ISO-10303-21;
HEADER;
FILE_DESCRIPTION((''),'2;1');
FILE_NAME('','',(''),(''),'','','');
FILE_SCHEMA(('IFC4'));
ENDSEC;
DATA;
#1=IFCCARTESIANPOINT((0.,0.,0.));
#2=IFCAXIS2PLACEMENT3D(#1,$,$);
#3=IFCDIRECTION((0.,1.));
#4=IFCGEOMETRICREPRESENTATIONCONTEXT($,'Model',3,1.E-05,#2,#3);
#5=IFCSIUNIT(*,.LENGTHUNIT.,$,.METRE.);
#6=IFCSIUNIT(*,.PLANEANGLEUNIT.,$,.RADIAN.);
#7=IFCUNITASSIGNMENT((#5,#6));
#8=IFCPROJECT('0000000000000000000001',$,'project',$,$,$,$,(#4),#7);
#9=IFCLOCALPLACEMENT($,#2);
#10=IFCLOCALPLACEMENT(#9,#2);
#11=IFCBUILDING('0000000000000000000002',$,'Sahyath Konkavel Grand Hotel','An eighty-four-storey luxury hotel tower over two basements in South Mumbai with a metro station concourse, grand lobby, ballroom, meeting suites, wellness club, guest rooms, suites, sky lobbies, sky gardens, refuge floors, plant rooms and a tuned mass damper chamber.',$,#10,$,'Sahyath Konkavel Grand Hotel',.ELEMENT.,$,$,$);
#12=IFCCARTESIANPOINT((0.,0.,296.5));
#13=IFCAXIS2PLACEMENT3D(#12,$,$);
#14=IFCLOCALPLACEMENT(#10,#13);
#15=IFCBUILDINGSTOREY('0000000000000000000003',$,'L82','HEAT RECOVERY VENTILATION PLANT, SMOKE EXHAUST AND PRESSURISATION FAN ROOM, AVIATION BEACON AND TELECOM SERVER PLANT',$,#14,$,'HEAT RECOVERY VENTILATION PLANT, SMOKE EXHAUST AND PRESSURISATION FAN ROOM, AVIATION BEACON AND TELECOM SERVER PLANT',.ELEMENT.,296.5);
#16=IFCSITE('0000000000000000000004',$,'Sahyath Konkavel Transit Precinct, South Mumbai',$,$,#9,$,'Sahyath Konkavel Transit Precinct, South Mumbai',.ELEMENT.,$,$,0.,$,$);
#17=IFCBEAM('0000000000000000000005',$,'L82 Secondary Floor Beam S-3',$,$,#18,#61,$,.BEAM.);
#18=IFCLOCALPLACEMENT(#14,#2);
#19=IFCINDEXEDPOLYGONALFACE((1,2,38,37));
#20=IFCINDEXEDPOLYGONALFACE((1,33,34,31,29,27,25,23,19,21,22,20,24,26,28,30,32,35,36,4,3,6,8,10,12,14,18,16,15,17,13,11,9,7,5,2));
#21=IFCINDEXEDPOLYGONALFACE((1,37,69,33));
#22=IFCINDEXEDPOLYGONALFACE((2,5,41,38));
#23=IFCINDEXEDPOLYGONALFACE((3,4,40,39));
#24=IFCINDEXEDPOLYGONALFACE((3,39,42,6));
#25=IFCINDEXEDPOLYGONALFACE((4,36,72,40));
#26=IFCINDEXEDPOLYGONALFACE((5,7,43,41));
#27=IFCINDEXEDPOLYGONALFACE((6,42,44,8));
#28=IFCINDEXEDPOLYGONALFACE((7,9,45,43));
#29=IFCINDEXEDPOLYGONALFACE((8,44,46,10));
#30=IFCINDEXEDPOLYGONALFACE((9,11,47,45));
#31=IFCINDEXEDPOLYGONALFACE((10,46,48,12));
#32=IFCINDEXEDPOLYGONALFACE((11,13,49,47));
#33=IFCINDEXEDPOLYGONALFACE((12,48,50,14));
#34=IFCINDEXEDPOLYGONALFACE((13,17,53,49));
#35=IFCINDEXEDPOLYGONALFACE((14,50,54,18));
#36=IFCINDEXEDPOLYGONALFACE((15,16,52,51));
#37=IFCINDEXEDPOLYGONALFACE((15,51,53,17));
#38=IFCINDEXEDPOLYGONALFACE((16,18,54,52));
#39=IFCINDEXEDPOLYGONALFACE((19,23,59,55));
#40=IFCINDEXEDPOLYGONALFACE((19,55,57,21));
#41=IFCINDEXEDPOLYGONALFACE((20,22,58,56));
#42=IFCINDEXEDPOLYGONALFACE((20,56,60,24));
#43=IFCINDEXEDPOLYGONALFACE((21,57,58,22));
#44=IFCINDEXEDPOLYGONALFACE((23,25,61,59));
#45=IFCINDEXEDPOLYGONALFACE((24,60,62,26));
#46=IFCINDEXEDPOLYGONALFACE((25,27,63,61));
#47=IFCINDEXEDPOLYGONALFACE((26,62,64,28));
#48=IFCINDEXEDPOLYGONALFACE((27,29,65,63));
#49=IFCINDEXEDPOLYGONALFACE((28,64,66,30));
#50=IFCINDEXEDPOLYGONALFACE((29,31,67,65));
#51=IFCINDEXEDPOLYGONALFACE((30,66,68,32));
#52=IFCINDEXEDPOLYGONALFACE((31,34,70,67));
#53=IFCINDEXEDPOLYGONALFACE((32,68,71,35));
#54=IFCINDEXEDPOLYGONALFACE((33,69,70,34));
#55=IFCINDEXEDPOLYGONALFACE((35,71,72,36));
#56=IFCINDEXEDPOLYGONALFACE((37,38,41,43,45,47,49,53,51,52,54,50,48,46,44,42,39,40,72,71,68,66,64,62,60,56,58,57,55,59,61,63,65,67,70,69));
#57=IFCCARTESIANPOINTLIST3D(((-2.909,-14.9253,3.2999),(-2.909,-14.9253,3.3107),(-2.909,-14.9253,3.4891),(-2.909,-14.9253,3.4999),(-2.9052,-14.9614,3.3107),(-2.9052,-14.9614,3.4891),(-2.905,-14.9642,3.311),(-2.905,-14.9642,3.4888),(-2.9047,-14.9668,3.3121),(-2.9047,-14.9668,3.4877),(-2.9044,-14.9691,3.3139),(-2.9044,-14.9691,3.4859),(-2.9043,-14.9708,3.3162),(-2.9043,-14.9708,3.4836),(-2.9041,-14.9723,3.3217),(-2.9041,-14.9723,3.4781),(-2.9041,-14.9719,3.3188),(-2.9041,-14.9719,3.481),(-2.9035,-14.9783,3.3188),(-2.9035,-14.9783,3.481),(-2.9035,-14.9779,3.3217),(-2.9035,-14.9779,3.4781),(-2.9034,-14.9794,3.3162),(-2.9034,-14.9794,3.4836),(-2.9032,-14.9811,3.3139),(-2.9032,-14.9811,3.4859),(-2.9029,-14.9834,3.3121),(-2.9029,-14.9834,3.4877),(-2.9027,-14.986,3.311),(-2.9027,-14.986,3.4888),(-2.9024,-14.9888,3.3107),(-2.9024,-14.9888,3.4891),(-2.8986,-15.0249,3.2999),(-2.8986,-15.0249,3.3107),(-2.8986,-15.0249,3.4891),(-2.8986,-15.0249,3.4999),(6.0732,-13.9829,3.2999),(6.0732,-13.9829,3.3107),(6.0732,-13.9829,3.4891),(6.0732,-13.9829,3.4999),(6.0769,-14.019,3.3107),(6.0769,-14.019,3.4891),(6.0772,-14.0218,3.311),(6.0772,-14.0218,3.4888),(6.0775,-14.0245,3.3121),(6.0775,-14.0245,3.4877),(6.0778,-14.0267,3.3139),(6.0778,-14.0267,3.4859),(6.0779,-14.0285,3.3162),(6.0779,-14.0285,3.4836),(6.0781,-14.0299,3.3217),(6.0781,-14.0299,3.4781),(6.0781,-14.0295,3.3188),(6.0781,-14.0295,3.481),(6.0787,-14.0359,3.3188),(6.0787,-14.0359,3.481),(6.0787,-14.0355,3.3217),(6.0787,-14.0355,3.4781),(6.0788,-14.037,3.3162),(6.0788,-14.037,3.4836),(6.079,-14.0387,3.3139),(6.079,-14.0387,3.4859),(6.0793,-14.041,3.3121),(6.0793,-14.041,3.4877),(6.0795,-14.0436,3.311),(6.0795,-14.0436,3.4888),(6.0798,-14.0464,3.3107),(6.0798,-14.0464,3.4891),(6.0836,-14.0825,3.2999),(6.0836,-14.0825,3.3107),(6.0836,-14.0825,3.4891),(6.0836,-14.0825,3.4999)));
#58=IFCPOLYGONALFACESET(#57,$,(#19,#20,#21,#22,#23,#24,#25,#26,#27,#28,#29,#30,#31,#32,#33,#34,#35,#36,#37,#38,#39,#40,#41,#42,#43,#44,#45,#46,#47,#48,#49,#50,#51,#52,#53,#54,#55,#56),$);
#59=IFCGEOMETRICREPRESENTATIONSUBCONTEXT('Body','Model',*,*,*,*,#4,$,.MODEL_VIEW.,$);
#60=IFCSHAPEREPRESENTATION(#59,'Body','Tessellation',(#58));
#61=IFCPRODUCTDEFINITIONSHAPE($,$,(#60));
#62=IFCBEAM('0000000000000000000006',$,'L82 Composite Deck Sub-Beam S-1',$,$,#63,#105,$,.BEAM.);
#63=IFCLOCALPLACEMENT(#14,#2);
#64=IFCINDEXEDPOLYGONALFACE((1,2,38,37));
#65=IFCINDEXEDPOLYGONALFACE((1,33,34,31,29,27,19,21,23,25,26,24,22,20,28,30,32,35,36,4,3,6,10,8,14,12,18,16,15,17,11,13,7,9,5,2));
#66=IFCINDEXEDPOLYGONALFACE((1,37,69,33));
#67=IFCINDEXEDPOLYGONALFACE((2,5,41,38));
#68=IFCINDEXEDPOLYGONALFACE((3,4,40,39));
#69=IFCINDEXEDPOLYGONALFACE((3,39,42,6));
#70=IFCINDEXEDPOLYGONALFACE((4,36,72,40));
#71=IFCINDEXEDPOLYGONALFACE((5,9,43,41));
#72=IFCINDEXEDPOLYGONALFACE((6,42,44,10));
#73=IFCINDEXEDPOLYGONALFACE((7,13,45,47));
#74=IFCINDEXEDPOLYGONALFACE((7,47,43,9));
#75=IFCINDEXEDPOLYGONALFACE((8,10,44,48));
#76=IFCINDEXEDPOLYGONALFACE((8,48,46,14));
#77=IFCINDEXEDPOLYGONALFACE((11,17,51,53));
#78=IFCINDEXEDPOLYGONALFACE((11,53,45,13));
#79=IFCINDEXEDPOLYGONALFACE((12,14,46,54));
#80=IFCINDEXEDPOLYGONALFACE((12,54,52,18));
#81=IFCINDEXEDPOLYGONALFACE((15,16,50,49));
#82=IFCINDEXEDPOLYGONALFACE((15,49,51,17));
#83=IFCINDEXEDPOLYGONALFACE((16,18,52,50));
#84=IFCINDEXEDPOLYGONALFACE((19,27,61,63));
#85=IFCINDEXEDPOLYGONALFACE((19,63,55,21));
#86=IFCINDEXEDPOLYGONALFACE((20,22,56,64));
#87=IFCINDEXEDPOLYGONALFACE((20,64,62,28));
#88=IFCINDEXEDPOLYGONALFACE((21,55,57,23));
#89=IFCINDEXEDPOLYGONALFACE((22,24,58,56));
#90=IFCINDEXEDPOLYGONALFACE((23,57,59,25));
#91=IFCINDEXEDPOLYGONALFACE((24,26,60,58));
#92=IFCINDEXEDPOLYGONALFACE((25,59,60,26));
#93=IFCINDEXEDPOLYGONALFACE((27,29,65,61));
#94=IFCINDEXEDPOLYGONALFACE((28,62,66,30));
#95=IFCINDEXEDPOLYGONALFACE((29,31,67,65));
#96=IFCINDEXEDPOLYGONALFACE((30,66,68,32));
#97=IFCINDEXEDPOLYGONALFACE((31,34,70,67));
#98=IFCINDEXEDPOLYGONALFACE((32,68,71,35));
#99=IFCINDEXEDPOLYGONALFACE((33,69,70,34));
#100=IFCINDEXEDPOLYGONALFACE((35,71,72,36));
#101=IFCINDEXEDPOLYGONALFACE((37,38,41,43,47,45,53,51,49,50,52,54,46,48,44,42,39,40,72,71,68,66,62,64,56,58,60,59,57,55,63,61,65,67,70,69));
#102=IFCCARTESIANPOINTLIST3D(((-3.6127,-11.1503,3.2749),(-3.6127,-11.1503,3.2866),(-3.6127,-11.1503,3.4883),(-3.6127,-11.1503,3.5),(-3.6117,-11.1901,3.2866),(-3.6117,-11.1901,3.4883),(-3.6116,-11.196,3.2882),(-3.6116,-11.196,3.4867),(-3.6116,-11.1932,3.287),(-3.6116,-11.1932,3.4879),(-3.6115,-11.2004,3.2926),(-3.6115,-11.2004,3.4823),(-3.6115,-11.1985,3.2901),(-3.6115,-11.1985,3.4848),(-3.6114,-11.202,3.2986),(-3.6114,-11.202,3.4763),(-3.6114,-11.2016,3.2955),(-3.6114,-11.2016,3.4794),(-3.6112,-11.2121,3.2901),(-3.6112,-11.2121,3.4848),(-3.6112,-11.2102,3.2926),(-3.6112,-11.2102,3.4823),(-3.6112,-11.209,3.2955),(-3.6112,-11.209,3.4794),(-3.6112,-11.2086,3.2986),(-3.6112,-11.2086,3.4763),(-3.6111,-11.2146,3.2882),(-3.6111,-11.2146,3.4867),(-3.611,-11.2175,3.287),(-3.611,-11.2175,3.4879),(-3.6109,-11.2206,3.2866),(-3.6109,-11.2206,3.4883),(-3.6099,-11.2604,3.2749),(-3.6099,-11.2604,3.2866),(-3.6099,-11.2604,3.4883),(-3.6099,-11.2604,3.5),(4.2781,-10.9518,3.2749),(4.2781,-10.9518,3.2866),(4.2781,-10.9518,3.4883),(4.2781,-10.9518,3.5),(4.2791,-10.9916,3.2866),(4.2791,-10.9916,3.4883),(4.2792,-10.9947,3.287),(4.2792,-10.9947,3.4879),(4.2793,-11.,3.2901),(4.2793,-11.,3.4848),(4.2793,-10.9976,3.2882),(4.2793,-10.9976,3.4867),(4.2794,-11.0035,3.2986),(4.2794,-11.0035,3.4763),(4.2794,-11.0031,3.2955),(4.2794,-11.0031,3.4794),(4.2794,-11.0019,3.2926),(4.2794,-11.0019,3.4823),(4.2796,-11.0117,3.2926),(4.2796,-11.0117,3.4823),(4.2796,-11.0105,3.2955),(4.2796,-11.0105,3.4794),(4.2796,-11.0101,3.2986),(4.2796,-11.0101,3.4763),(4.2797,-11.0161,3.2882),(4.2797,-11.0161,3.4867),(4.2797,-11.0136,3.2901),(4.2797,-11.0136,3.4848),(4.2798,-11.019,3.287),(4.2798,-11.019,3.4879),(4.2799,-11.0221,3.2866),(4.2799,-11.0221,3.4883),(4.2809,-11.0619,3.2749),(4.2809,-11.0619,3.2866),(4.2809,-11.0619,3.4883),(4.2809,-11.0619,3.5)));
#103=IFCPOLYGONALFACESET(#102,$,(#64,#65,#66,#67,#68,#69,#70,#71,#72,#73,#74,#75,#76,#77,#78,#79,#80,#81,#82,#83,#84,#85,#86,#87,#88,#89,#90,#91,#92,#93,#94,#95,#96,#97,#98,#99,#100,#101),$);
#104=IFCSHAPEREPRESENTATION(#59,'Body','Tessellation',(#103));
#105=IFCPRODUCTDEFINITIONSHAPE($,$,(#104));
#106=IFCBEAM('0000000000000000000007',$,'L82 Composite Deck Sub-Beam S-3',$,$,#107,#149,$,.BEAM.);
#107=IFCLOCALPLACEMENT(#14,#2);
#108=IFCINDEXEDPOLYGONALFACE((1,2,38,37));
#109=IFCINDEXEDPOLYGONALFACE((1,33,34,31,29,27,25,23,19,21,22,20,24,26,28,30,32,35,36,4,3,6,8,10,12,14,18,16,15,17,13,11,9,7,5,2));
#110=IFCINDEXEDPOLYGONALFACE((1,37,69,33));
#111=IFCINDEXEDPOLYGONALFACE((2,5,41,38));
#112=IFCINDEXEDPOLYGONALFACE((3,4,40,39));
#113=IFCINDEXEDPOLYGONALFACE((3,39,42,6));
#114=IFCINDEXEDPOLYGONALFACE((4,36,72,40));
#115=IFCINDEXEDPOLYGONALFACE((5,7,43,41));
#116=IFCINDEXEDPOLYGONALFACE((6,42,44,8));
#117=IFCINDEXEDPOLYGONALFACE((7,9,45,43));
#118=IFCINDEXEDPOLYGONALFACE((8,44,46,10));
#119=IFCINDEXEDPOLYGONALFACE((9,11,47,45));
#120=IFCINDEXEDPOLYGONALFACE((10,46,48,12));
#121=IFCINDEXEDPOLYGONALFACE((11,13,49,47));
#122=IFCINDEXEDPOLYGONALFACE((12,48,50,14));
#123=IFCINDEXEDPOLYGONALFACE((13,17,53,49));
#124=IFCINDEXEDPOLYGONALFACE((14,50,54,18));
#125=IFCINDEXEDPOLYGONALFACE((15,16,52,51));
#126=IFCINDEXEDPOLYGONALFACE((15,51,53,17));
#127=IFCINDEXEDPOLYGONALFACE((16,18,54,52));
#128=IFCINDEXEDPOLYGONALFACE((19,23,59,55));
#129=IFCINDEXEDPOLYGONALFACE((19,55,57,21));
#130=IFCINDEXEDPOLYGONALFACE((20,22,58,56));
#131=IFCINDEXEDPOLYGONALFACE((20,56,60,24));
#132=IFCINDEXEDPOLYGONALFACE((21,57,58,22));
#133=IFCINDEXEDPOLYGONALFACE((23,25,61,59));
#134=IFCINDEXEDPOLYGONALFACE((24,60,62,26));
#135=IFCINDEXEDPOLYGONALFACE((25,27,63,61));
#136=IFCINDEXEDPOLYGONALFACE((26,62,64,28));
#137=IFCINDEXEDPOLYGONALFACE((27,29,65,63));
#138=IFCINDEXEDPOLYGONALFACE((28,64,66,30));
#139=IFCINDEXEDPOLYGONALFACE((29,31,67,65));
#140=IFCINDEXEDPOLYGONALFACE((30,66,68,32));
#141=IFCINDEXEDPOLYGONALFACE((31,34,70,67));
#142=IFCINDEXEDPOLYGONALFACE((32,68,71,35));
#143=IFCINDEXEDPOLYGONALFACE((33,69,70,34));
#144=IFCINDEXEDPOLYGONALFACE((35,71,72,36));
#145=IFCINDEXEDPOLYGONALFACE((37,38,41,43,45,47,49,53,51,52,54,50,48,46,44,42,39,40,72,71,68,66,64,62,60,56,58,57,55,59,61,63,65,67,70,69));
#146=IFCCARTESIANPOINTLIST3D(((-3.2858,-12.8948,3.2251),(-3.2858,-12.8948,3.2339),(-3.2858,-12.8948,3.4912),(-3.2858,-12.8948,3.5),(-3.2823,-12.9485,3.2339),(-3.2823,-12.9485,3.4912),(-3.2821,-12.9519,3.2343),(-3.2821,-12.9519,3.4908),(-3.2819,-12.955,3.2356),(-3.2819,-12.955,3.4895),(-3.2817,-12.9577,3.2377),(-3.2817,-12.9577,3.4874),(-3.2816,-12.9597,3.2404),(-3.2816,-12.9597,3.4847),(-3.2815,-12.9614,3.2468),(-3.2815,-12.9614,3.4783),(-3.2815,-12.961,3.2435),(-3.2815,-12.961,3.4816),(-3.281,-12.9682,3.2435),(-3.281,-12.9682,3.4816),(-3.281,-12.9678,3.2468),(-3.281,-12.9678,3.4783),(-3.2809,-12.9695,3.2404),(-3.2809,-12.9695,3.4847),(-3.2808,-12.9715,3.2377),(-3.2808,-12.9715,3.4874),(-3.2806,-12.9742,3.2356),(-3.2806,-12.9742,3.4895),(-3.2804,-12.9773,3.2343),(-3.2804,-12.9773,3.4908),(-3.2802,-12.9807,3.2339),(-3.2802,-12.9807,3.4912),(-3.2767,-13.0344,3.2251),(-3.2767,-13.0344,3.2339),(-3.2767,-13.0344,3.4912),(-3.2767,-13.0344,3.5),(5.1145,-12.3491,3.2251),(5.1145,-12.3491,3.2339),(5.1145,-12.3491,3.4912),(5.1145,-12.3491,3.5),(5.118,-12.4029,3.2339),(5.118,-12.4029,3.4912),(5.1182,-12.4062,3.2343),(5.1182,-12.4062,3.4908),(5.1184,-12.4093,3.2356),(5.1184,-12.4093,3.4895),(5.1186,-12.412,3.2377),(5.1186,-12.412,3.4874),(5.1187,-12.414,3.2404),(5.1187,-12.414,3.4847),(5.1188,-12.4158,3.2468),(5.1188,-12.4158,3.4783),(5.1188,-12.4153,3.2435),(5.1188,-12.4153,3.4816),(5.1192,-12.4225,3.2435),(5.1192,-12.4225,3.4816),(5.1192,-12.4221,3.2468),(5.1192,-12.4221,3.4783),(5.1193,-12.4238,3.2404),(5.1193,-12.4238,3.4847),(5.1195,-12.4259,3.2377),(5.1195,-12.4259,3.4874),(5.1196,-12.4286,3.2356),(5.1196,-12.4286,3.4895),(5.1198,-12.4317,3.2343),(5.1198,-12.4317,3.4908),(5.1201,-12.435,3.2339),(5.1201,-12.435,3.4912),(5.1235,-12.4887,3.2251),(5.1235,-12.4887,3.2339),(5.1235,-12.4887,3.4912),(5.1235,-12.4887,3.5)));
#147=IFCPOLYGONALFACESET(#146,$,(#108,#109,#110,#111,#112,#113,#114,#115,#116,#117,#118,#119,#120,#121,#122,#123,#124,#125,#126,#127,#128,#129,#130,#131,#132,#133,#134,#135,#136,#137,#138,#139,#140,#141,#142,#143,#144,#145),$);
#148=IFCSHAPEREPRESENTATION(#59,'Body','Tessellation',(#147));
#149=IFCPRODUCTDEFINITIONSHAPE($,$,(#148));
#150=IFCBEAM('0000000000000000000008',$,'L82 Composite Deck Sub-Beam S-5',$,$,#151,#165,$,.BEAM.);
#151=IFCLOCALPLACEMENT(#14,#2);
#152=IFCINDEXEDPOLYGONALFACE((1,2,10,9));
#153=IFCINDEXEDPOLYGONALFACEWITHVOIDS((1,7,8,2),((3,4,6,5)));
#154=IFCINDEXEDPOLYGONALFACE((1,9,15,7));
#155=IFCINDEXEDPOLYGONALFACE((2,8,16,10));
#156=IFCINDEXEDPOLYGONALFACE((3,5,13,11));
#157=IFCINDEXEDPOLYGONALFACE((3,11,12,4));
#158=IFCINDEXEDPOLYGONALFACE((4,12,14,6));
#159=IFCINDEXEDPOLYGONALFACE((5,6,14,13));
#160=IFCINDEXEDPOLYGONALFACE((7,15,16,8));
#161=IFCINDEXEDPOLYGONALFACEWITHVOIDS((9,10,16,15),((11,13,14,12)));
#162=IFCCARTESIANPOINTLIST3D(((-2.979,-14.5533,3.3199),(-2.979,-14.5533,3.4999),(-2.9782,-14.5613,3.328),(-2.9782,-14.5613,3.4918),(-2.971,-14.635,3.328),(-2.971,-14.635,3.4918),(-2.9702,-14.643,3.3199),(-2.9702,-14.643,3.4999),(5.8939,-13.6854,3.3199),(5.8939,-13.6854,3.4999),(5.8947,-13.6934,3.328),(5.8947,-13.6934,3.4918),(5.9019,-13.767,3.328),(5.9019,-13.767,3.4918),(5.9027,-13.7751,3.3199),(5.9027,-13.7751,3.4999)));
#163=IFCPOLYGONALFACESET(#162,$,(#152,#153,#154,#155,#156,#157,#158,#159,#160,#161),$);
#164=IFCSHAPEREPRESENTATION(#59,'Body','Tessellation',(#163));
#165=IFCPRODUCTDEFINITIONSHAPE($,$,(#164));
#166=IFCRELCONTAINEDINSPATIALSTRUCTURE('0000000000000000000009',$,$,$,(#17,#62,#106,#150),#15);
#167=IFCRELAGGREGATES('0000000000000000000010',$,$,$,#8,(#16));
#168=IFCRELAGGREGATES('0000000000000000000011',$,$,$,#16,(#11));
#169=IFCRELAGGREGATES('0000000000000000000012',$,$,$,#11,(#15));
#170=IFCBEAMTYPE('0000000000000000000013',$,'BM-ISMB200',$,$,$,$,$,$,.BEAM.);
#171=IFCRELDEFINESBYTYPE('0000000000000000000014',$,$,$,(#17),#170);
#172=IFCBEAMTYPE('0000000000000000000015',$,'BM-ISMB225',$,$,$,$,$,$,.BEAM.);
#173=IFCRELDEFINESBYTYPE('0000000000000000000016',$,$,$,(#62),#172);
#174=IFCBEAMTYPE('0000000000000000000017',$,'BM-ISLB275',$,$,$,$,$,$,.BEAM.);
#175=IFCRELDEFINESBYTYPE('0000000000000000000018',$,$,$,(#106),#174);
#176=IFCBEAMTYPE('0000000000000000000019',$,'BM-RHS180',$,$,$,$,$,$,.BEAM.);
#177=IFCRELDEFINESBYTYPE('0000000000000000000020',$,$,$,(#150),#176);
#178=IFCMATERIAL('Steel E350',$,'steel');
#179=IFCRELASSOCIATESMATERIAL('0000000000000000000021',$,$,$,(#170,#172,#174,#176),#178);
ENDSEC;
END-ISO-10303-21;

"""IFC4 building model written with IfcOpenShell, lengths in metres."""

from ifc_helpers import new_model, si_unit, direction, frame, origin, origin_2d, place, context, subcontext, project, spatial, hollow_rectangle, i_section, extrude, source, transform, mapped, material, material_profile, profile_set, type_object, element, save


model = new_model("IFC4")

# Units and contexts
model_context = context("Model", 3, precision=1e-05, world=origin(), true_north=direction((0.0, 1.0)))
body_context = subcontext(model_context, "Body", "Model", "MODEL_VIEW")
ifc_project = project(units=[si_unit("LENGTHUNIT", "METRE"), si_unit("PLANEANGLEUNIT", "RADIAN")], contexts=[model_context])

# Site, building, storey
site_placement = place(None, origin())
site = spatial("IfcSite", under=ifc_project, at=site_placement, Name="Sahyath Konkavel Transit Precinct, South Mumbai", LongName="Sahyath Konkavel Transit Precinct, South Mumbai", CompositionType="ELEMENT", RefElevation=0.0)
building_placement = place(site_placement, origin())
building = spatial("IfcBuilding", under=site, at=building_placement, Name="Sahyath Konkavel Grand Hotel", Description="An eighty-four-storey luxury hotel tower over two basements in South Mumbai with a metro station concourse, grand lobby, ballroom, meeting suites, wellness club, guest rooms, suites, sky lobbies, sky gardens, refuge floors, plant rooms and a tuned mass damper chamber.", LongName="Sahyath Konkavel Grand Hotel", CompositionType="ELEMENT")
storey_placement = place(building_placement, frame((0.0, 0.0, 296.5)))
storey = spatial("IfcBuildingStorey", under=building, at=storey_placement, Name="L82", Description="HEAT RECOVERY VENTILATION PLANT, SMOKE EXHAUST AND PRESSURISATION FAN ROOM, AVIATION BEACON AND TELECOM SERVER PLANT", LongName="HEAT RECOVERY VENTILATION PLANT, SMOKE EXHAUST AND PRESSURISATION FAN ROOM, AVIATION BEACON AND TELECOM SERVER PLANT", CompositionType="ELEMENT", Elevation=296.5)

# Beams
ifc_material_1 = material(Name="Steel E350", Category="steel")
ifc_material_profile_1 = material_profile(ifc_material_1, i_section(OverallWidth=0.1001, OverallDepth=0.2, WebThickness=0.0056, FlangeThickness=0.0107, FilletRadius=0.011, at=origin_2d()), Name="ISMB 200")
ifc_profile_set_1 = profile_set([ifc_material_profile_1], Name="Steel E350")
beam_type_1 = type_object("IfcBeamType", Name="BM-ISMB200", PredefinedType="BEAM", material=ifc_profile_set_1)
shared_shape_1 = source(origin(), body_context, "Body", "SweptSolid", [
    extrude(i_section(OverallWidth=0.1001, OverallDepth=0.2, WebThickness=0.0056, FlangeThickness=0.0107, FilletRadius=0.011, at=origin_2d()), origin(), (0.0, 0.0, 1.0), 9.0315),
])
beam_1_placement = place(storey_placement, frame((-2.9038, -14.9751, 3.3999), z_axis=(0.994541, 0.104344, 0.0), x_axis=(-0.104344, 0.994541, 0.0)))
element("IfcBeam", 1, at=beam_1_placement, inside=storey, type_object=beam_type_1, Name="L82 Secondary Floor Beam S-3", PredefinedType="BEAM", context=body_context, shape_type="MappedRepresentation", body=[
    mapped(shared_shape_1, transform((0.0, 0.0, 0.0), scale=1.0)),
])
ifc_material_profile_2 = material_profile(ifc_material_1, i_section(OverallWidth=0.1101, OverallDepth=0.2251, WebThickness=0.0066, FlangeThickness=0.0117, FilletRadius=0.012, at=origin_2d()), Name="ISMB 225")
ifc_profile_set_2 = profile_set([ifc_material_profile_2], Name="Steel E350")
beam_type_2 = type_object("IfcBeamType", Name="BM-ISMB225", PredefinedType="BEAM", material=ifc_profile_set_2)
shared_shape_2 = source(origin(), body_context, "Body", "SweptSolid", [
    extrude(i_section(OverallWidth=0.1101, OverallDepth=0.2251, WebThickness=0.0066, FlangeThickness=0.0117, FilletRadius=0.012, at=origin_2d()), origin(), (0.0, 0.0, 1.0), 7.8933),
])
beam_2_placement = place(storey_placement, frame((-3.6113, -11.2053, 3.3875), z_axis=(0.999684, 0.025146, 0.0), x_axis=(-0.025146, 0.999684, 0.0)))
element("IfcBeam", 2, at=beam_2_placement, inside=storey, type_object=beam_type_2, Name="L82 Composite Deck Sub-Beam S-1", PredefinedType="BEAM", context=body_context, shape_type="MappedRepresentation", body=[
    mapped(shared_shape_2, transform((0.0, 0.0, 0.0), scale=1.0)),
])
ifc_material_profile_3 = material_profile(ifc_material_1, i_section(OverallWidth=0.1399, OverallDepth=0.2749, WebThickness=0.0063, FlangeThickness=0.0088, FilletRadius=0.0129, at=origin_2d()), Name="ISLB 275")
ifc_profile_set_3 = profile_set([ifc_material_profile_3], Name="Steel E350")
beam_type_3 = type_object("IfcBeamType", Name="BM-ISLB275", PredefinedType="BEAM", material=ifc_profile_set_3)
shared_shape_3 = source(origin(), body_context, "Body", "SweptSolid", [
    extrude(i_section(OverallWidth=0.1399, OverallDepth=0.2749, WebThickness=0.0063, FlangeThickness=0.0088, FilletRadius=0.0129, at=origin_2d()), origin(), (0.0, 0.0, 1.0), 8.418),
])
beam_3_placement = place(storey_placement, frame((-3.2812, -12.9646, 3.3625), z_axis=(0.997897, 0.064821, 0.0), x_axis=(-0.064821, 0.997897, 0.0)))
element("IfcBeam", 3, at=beam_3_placement, inside=storey, type_object=beam_type_3, Name="L82 Composite Deck Sub-Beam S-3", PredefinedType="BEAM", context=body_context, shape_type="MappedRepresentation", body=[
    mapped(shared_shape_3, transform((0.0, 0.0, 0.0), scale=1.0)),
])
ifc_material_profile_4 = material_profile(ifc_material_1, hollow_rectangle(XDim=0.0901, YDim=0.1799, WallThickness=0.0081, at=origin_2d()), Name="RHS 180x90x8")
ifc_profile_set_4 = profile_set([ifc_material_profile_4], Name="Steel E350")
beam_type_4 = type_object("IfcBeamType", Name="BM-RHS180", PredefinedType="BEAM", material=ifc_profile_set_4)
shared_shape_4 = source(origin(), body_context, "Body", "SweptSolid", [
    extrude(hollow_rectangle(XDim=0.0901, YDim=0.1799, WallThickness=0.0081, at=origin_2d()), origin(), (0.0, 0.0, 1.0), 8.9153),
])
beam_4_placement = place(storey_placement, frame((-2.9746, -14.5981, 3.4099), z_axis=(0.99525, 0.097351, 0.0), x_axis=(-0.097351, 0.99525, 0.0)))
element("IfcBeam", 4, at=beam_4_placement, inside=storey, type_object=beam_type_4, Name="L82 Composite Deck Sub-Beam S-5", PredefinedType="BEAM", context=body_context, shape_type="MappedRepresentation", body=[
    mapped(shared_shape_4, transform((0.0, 0.0, 0.0), scale=1.0)),
])

save(model, "model.ifc")
